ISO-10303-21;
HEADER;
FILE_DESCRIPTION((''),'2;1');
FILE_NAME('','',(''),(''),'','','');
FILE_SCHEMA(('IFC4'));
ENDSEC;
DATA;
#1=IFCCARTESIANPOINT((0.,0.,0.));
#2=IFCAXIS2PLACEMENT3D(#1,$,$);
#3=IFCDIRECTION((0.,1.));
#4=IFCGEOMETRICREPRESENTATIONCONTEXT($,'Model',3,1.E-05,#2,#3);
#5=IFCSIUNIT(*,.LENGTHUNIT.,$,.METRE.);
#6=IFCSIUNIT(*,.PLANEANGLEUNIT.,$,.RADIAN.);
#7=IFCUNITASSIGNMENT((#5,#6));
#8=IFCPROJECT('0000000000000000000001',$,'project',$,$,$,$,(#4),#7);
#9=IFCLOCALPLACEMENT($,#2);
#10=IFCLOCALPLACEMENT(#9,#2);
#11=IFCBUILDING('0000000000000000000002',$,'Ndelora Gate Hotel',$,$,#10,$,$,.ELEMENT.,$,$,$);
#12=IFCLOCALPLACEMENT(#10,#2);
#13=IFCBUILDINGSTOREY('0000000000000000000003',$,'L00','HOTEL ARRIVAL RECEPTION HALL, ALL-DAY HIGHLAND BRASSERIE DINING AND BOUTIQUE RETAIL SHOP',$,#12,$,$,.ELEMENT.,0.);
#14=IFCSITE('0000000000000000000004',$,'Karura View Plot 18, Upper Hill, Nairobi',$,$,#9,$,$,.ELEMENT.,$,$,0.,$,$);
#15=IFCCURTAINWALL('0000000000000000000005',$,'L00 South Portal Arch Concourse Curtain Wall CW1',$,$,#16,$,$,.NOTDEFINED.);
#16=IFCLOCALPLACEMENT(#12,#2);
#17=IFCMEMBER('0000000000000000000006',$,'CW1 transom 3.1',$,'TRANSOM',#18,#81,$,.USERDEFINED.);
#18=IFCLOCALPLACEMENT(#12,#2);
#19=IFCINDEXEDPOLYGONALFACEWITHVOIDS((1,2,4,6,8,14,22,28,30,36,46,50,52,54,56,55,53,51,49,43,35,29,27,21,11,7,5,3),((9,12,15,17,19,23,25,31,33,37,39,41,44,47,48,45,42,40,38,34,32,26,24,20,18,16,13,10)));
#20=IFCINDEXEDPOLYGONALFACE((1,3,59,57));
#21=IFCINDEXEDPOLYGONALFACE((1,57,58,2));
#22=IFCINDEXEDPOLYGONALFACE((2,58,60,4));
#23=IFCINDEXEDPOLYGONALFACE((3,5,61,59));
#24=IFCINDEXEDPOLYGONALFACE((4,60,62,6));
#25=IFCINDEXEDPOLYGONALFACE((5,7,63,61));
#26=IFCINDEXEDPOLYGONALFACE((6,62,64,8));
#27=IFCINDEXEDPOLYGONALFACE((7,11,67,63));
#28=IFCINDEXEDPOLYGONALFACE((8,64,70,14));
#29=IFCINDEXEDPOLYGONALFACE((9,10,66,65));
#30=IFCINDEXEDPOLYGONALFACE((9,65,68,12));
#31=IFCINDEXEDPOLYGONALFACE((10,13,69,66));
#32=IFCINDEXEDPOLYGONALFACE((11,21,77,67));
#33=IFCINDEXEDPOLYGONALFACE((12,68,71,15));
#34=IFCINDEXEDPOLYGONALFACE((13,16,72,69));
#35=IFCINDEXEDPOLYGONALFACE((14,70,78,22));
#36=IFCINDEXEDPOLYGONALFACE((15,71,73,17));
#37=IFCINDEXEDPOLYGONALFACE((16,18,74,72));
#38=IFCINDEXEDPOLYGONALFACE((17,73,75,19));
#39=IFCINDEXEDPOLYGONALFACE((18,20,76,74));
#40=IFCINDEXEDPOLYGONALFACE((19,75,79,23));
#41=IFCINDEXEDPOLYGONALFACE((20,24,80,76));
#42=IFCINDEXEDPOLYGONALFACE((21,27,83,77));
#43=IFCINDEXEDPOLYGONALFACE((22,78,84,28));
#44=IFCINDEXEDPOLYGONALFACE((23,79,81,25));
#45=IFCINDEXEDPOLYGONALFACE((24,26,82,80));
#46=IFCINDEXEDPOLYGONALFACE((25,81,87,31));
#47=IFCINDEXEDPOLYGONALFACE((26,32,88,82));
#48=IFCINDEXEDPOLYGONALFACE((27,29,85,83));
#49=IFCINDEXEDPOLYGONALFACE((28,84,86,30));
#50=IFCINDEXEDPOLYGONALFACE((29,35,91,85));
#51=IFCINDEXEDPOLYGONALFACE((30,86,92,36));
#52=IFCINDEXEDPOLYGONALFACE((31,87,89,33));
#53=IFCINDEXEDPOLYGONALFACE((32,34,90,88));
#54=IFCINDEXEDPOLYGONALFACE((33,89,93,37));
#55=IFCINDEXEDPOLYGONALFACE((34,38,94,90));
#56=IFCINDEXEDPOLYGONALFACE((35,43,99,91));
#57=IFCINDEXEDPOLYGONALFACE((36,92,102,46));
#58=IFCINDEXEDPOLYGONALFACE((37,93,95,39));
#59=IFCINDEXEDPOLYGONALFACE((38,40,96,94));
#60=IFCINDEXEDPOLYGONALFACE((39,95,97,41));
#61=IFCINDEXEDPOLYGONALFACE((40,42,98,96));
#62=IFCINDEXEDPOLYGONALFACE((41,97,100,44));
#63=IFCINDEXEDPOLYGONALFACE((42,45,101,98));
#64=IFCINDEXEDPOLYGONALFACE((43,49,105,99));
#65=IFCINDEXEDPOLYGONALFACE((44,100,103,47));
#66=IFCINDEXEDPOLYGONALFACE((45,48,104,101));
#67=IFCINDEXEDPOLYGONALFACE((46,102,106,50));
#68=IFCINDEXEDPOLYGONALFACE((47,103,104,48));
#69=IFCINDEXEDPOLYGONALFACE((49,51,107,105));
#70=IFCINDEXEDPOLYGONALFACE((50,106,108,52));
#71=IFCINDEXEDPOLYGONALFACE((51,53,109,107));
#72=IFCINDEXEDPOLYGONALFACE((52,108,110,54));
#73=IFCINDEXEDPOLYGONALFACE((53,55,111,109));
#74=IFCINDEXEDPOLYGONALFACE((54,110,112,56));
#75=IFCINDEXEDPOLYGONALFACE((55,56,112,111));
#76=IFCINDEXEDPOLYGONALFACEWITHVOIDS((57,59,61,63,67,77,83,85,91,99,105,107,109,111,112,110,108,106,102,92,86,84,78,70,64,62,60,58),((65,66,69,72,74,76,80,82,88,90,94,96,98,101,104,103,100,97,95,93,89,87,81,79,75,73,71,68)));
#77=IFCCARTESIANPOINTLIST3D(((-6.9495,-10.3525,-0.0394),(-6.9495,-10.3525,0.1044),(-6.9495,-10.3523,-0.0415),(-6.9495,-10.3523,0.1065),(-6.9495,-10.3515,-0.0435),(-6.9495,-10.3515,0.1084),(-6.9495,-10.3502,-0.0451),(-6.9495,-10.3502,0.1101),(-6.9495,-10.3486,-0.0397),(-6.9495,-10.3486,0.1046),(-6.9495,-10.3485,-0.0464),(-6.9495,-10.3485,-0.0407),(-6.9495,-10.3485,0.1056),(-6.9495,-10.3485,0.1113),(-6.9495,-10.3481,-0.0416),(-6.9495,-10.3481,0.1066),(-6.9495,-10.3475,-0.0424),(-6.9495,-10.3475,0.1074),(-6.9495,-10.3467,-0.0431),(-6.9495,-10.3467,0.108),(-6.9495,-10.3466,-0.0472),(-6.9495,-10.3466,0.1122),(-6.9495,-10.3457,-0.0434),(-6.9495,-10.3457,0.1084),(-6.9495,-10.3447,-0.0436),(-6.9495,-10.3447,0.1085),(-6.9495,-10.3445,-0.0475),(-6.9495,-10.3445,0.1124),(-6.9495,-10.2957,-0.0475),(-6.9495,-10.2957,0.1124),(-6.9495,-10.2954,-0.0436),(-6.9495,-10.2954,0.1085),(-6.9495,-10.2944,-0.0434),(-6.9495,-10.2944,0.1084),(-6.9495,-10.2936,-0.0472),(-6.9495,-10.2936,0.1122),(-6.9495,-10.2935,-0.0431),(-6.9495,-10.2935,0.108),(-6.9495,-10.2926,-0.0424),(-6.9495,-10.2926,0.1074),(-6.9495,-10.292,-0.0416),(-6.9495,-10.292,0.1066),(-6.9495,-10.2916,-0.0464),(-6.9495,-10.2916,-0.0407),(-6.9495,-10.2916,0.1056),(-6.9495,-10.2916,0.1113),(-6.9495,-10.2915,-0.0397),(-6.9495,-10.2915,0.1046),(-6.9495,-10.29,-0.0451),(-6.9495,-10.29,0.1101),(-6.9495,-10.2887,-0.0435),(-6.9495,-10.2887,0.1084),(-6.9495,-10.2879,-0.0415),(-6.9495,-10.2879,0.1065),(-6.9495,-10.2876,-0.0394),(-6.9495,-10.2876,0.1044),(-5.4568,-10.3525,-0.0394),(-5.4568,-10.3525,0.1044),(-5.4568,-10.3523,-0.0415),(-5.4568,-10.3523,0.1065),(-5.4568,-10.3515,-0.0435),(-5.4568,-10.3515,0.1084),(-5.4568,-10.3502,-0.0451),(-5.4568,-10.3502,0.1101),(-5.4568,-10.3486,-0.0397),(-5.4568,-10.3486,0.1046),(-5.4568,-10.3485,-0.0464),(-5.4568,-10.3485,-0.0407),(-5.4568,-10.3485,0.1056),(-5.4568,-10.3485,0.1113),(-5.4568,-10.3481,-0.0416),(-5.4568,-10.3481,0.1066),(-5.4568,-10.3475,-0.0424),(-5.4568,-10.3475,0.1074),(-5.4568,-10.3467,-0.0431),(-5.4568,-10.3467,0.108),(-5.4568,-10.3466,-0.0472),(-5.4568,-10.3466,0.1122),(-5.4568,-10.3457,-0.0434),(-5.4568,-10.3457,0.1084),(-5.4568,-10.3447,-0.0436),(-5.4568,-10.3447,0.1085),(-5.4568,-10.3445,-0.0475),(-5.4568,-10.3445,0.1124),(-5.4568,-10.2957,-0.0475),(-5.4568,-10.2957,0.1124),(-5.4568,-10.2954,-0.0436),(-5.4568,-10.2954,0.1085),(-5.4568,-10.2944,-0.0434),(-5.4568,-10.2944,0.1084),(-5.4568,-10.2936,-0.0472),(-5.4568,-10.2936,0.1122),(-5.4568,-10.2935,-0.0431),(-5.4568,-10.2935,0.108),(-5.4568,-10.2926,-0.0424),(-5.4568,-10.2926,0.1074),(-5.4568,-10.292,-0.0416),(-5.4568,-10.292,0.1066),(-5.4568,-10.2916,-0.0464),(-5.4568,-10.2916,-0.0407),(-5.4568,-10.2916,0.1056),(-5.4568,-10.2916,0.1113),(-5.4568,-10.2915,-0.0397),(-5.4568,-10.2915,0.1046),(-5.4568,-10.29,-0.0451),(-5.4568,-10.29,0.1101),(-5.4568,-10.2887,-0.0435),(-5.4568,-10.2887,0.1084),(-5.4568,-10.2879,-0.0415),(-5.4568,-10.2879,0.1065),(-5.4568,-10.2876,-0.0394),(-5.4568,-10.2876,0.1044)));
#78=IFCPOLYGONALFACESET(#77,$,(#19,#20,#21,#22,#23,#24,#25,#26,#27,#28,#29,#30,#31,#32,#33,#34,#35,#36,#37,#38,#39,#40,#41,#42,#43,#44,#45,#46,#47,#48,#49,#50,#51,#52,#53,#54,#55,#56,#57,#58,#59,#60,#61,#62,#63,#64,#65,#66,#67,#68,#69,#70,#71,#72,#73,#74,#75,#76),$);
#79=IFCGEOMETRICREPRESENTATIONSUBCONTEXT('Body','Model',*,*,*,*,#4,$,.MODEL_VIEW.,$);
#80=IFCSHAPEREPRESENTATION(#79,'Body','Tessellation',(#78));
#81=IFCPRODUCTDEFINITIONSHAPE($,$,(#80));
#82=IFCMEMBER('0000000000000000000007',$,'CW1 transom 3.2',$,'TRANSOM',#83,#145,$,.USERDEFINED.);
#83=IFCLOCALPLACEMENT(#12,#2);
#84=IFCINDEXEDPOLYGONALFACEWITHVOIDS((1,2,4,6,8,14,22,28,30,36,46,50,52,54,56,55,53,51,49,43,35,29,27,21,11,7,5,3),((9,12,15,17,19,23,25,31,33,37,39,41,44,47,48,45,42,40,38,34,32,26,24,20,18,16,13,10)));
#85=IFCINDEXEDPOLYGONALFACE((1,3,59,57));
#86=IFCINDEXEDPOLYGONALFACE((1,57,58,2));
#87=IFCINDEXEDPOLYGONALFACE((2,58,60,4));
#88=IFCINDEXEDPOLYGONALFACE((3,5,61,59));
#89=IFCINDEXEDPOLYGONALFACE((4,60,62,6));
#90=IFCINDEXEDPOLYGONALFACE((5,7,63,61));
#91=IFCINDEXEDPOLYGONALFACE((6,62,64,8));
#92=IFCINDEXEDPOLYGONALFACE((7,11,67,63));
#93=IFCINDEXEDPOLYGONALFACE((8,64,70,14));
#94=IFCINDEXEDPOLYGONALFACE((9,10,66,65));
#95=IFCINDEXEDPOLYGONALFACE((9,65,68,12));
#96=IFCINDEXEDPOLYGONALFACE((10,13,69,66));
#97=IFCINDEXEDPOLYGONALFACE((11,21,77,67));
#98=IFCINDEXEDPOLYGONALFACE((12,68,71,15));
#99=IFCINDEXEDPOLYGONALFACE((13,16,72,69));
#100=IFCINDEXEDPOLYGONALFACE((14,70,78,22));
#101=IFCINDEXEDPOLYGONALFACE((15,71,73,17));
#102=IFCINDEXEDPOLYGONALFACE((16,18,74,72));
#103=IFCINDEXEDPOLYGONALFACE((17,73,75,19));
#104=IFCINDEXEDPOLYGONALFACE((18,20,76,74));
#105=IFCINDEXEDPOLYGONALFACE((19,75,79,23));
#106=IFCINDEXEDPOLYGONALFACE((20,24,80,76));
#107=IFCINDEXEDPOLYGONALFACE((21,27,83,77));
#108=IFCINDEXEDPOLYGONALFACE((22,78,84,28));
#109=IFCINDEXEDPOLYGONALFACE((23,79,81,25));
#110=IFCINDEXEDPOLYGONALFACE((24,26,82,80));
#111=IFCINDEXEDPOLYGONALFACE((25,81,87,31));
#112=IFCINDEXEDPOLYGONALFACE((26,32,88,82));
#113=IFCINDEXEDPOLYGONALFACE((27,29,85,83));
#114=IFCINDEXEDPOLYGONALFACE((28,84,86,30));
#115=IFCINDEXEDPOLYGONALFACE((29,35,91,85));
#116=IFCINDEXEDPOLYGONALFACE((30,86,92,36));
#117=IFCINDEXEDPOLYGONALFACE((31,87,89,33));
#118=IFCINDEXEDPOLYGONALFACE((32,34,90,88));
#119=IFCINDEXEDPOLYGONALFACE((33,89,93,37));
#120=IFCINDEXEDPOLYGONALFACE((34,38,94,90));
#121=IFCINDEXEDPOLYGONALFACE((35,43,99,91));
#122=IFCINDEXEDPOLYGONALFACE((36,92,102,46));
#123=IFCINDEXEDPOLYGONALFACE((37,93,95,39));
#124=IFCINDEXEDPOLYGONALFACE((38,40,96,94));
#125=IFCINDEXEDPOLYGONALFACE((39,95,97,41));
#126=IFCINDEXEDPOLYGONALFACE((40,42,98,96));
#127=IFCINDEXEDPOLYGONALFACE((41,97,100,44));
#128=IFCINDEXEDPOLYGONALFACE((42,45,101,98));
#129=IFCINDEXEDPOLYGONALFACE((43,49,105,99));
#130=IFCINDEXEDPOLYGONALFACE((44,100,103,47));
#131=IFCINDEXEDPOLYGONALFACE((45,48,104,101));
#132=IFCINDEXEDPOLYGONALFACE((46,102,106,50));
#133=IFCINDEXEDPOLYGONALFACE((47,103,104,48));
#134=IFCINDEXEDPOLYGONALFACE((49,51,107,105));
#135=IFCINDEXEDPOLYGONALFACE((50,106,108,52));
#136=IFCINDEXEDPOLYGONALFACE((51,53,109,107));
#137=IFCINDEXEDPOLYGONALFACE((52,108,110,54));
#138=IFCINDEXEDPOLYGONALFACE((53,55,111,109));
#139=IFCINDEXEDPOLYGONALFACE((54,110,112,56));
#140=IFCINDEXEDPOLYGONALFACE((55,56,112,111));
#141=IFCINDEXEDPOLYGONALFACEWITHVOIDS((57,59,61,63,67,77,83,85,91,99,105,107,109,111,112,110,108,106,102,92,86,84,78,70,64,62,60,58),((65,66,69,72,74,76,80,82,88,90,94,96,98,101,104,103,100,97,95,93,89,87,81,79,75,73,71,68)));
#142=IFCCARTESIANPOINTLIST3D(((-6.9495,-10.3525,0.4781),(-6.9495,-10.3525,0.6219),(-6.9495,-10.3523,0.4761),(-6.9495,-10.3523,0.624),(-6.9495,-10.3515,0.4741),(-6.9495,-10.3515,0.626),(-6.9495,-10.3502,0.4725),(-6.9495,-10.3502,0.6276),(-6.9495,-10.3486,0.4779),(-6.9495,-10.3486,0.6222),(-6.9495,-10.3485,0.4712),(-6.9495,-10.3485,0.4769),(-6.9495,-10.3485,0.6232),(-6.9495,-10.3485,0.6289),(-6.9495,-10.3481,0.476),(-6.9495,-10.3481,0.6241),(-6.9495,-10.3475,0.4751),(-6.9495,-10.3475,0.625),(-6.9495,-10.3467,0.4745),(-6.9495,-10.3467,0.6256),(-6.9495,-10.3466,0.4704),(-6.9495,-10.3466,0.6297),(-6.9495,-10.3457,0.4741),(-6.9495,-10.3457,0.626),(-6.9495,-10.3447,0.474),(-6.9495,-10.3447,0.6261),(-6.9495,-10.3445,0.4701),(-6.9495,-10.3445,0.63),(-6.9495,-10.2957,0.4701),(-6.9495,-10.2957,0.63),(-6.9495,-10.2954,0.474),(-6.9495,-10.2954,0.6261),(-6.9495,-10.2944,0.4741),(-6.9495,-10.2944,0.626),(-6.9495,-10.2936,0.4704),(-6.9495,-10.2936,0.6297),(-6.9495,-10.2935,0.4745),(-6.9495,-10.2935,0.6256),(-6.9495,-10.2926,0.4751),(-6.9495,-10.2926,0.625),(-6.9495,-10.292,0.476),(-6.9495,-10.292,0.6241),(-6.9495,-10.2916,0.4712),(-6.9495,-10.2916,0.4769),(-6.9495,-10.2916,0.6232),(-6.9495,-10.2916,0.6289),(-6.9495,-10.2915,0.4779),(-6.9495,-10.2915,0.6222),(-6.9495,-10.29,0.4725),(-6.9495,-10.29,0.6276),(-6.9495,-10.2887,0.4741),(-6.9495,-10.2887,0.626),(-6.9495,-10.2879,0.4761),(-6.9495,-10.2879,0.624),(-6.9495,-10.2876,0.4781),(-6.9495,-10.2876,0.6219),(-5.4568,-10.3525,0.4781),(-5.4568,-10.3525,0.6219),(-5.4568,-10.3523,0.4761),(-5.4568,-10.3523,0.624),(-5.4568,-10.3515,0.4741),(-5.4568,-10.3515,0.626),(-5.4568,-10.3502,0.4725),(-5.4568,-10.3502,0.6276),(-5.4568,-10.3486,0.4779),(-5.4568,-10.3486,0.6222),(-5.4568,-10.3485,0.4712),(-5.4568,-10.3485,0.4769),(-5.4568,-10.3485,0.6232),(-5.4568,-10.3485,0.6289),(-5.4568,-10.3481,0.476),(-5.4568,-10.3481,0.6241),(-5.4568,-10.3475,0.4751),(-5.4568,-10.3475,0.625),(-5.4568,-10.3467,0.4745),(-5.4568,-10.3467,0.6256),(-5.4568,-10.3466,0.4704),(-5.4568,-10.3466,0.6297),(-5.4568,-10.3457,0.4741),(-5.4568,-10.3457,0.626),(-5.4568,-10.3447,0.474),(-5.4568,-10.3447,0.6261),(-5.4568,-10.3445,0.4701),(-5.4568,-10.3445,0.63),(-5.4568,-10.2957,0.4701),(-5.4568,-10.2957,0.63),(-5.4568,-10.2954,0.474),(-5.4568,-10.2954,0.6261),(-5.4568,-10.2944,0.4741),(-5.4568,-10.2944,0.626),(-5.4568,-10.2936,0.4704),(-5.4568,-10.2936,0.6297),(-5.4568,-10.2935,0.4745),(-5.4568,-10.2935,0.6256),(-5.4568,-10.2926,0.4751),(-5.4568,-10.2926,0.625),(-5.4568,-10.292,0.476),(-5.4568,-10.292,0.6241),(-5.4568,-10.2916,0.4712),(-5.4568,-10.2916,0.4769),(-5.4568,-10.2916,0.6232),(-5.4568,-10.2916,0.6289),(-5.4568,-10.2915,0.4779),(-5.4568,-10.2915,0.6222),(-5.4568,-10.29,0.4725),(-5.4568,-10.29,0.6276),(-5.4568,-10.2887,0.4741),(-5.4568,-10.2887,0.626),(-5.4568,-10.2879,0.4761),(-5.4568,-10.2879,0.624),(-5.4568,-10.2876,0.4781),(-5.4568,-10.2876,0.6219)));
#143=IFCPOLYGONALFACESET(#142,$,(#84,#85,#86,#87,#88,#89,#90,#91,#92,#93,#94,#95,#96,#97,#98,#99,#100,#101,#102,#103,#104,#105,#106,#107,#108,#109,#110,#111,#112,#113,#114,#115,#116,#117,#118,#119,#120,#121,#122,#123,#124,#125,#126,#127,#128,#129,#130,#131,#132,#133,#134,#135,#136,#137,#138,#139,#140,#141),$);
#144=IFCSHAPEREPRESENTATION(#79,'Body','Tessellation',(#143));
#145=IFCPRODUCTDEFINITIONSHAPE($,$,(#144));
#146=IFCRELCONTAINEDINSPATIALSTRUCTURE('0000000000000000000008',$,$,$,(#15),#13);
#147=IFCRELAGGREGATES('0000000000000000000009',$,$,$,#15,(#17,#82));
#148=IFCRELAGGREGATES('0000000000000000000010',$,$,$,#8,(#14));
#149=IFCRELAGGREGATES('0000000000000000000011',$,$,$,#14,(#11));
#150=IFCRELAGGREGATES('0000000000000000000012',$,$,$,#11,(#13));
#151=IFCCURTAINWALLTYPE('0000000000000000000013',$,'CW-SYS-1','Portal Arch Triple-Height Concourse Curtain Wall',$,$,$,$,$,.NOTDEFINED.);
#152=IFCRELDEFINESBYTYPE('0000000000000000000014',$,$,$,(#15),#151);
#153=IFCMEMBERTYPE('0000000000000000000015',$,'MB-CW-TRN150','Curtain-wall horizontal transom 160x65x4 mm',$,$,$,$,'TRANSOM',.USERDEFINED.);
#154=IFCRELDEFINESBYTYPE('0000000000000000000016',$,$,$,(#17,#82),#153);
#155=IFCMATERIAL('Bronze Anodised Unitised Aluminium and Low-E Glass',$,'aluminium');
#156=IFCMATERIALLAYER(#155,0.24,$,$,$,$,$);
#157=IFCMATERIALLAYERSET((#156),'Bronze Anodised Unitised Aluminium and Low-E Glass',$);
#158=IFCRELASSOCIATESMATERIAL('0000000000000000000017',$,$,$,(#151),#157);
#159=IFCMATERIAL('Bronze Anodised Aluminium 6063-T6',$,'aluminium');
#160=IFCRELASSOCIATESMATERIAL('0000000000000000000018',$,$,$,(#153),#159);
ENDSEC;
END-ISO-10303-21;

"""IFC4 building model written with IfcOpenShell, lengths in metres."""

from ifc_helpers import new_model, si_unit, direction, frame, origin, origin_2d, place, context, subcontext, project, spatial, hollow_rectangle, extrude, material, layer, layer_set, material_profile, profile_set, type_object, element, aggregate, save


model = new_model("IFC4")

# Units and contexts
model_context = context("Model", 3, precision=1e-05, world=origin(), true_north=direction((0.0, 1.0)))
body_context = subcontext(model_context, "Body", "Model", "MODEL_VIEW")
ifc_project = project(units=[si_unit("LENGTHUNIT", "METRE"), si_unit("PLANEANGLEUNIT", "RADIAN")], contexts=[model_context])

# Site, building, storey
site_placement = place(None, origin())
site = spatial("IfcSite", under=ifc_project, at=site_placement, Name="Karura View Plot 18, Upper Hill, Nairobi", CompositionType="ELEMENT", RefElevation=0.0)
building_placement = place(site_placement, origin())
building = spatial("IfcBuilding", under=site, at=building_placement, Name="Ndelora Gate Hotel", CompositionType="ELEMENT")
storey_placement = place(building_placement, origin())
storey = spatial("IfcBuildingStorey", under=building, at=storey_placement, Name="L00", Description="HOTEL ARRIVAL RECEPTION HALL, ALL-DAY HIGHLAND BRASSERIE DINING AND BOUTIQUE RETAIL SHOP", CompositionType="ELEMENT", Elevation=0.0)

# Curtain wall, members
ifc_material_1 = material(Name="Bronze Anodised Unitised Aluminium and Low-E Glass", Category="aluminium")
ifc_layer_1 = layer(ifc_material_1, 0.24)
ifc_layer_set_1 = layer_set([ifc_layer_1], Name="Bronze Anodised Unitised Aluminium and Low-E Glass")
curtain_wall_type = type_object("IfcCurtainWallType", Name="CW-SYS-1", Description="Portal Arch Triple-Height Concourse Curtain Wall", PredefinedType="NOTDEFINED", material=ifc_layer_set_1)
curtain_wall_placement = place(storey_placement, origin())
curtain_wall = element("IfcCurtainWall", 1, at=curtain_wall_placement, inside=storey, type_object=curtain_wall_type, Name="L00 South Portal Arch Concourse Curtain Wall CW1", PredefinedType="NOTDEFINED")
ifc_material_2 = material(Name="Bronze Anodised Aluminium 6063-T6", Category="aluminium")
ifc_material_profile_1 = material_profile(ifc_material_2, hollow_rectangle(XDim=0.0649, YDim=0.1599, WallThickness=0.0039, InnerFilletRadius=0.0039, OuterFilletRadius=0.0081, at=origin_2d()), Name="ALU 160x65x4")
ifc_profile_set_1 = profile_set([ifc_material_profile_1], Name="Bronze Anodised Aluminium 6063-T6")
member_type_1 = type_object("IfcMemberType", Name="MB-CW-TRN150", Description="Curtain-wall horizontal transom 160x65x4 mm", ElementType="TRANSOM", PredefinedType="USERDEFINED", material=ifc_profile_set_1)
member_1_placement = place(storey_placement, frame((-6.9495, -10.3201, 0.0325), z_axis=(1.0, 0.0, 0.0), x_axis=(0.0, 1.0, 0.0)))
member_1 = element("IfcMember", 2, at=member_1_placement, type_object=member_type_1, Name="CW1 transom 3.1", ObjectType="TRANSOM", PredefinedType="USERDEFINED", context=body_context, shape_type="SweptSolid", body=[
    extrude(hollow_rectangle(XDim=0.0649, YDim=0.1599, WallThickness=0.0039, InnerFilletRadius=0.0039, OuterFilletRadius=0.0081, at=origin_2d()), origin(), (0.0, 0.0, 1.0), 1.4927),
])
member_2_placement = place(storey_placement, frame((-6.9495, -10.3201, 0.55), z_axis=(1.0, 0.0, 0.0), x_axis=(0.0, 1.0, 0.0)))
member_2 = element("IfcMember", 3, at=member_2_placement, type_object=member_type_1, Name="CW1 transom 3.2", ObjectType="TRANSOM", PredefinedType="USERDEFINED", context=body_context, shape_type="SweptSolid", body=[
    extrude(hollow_rectangle(XDim=0.0649, YDim=0.1599, WallThickness=0.0039, InnerFilletRadius=0.0039, OuterFilletRadius=0.0081, at=origin_2d()), origin(), (0.0, 0.0, 1.0), 1.4927),
])
aggregate(curtain_wall, [member_1, member_2])

save(model, "model.ifc")
